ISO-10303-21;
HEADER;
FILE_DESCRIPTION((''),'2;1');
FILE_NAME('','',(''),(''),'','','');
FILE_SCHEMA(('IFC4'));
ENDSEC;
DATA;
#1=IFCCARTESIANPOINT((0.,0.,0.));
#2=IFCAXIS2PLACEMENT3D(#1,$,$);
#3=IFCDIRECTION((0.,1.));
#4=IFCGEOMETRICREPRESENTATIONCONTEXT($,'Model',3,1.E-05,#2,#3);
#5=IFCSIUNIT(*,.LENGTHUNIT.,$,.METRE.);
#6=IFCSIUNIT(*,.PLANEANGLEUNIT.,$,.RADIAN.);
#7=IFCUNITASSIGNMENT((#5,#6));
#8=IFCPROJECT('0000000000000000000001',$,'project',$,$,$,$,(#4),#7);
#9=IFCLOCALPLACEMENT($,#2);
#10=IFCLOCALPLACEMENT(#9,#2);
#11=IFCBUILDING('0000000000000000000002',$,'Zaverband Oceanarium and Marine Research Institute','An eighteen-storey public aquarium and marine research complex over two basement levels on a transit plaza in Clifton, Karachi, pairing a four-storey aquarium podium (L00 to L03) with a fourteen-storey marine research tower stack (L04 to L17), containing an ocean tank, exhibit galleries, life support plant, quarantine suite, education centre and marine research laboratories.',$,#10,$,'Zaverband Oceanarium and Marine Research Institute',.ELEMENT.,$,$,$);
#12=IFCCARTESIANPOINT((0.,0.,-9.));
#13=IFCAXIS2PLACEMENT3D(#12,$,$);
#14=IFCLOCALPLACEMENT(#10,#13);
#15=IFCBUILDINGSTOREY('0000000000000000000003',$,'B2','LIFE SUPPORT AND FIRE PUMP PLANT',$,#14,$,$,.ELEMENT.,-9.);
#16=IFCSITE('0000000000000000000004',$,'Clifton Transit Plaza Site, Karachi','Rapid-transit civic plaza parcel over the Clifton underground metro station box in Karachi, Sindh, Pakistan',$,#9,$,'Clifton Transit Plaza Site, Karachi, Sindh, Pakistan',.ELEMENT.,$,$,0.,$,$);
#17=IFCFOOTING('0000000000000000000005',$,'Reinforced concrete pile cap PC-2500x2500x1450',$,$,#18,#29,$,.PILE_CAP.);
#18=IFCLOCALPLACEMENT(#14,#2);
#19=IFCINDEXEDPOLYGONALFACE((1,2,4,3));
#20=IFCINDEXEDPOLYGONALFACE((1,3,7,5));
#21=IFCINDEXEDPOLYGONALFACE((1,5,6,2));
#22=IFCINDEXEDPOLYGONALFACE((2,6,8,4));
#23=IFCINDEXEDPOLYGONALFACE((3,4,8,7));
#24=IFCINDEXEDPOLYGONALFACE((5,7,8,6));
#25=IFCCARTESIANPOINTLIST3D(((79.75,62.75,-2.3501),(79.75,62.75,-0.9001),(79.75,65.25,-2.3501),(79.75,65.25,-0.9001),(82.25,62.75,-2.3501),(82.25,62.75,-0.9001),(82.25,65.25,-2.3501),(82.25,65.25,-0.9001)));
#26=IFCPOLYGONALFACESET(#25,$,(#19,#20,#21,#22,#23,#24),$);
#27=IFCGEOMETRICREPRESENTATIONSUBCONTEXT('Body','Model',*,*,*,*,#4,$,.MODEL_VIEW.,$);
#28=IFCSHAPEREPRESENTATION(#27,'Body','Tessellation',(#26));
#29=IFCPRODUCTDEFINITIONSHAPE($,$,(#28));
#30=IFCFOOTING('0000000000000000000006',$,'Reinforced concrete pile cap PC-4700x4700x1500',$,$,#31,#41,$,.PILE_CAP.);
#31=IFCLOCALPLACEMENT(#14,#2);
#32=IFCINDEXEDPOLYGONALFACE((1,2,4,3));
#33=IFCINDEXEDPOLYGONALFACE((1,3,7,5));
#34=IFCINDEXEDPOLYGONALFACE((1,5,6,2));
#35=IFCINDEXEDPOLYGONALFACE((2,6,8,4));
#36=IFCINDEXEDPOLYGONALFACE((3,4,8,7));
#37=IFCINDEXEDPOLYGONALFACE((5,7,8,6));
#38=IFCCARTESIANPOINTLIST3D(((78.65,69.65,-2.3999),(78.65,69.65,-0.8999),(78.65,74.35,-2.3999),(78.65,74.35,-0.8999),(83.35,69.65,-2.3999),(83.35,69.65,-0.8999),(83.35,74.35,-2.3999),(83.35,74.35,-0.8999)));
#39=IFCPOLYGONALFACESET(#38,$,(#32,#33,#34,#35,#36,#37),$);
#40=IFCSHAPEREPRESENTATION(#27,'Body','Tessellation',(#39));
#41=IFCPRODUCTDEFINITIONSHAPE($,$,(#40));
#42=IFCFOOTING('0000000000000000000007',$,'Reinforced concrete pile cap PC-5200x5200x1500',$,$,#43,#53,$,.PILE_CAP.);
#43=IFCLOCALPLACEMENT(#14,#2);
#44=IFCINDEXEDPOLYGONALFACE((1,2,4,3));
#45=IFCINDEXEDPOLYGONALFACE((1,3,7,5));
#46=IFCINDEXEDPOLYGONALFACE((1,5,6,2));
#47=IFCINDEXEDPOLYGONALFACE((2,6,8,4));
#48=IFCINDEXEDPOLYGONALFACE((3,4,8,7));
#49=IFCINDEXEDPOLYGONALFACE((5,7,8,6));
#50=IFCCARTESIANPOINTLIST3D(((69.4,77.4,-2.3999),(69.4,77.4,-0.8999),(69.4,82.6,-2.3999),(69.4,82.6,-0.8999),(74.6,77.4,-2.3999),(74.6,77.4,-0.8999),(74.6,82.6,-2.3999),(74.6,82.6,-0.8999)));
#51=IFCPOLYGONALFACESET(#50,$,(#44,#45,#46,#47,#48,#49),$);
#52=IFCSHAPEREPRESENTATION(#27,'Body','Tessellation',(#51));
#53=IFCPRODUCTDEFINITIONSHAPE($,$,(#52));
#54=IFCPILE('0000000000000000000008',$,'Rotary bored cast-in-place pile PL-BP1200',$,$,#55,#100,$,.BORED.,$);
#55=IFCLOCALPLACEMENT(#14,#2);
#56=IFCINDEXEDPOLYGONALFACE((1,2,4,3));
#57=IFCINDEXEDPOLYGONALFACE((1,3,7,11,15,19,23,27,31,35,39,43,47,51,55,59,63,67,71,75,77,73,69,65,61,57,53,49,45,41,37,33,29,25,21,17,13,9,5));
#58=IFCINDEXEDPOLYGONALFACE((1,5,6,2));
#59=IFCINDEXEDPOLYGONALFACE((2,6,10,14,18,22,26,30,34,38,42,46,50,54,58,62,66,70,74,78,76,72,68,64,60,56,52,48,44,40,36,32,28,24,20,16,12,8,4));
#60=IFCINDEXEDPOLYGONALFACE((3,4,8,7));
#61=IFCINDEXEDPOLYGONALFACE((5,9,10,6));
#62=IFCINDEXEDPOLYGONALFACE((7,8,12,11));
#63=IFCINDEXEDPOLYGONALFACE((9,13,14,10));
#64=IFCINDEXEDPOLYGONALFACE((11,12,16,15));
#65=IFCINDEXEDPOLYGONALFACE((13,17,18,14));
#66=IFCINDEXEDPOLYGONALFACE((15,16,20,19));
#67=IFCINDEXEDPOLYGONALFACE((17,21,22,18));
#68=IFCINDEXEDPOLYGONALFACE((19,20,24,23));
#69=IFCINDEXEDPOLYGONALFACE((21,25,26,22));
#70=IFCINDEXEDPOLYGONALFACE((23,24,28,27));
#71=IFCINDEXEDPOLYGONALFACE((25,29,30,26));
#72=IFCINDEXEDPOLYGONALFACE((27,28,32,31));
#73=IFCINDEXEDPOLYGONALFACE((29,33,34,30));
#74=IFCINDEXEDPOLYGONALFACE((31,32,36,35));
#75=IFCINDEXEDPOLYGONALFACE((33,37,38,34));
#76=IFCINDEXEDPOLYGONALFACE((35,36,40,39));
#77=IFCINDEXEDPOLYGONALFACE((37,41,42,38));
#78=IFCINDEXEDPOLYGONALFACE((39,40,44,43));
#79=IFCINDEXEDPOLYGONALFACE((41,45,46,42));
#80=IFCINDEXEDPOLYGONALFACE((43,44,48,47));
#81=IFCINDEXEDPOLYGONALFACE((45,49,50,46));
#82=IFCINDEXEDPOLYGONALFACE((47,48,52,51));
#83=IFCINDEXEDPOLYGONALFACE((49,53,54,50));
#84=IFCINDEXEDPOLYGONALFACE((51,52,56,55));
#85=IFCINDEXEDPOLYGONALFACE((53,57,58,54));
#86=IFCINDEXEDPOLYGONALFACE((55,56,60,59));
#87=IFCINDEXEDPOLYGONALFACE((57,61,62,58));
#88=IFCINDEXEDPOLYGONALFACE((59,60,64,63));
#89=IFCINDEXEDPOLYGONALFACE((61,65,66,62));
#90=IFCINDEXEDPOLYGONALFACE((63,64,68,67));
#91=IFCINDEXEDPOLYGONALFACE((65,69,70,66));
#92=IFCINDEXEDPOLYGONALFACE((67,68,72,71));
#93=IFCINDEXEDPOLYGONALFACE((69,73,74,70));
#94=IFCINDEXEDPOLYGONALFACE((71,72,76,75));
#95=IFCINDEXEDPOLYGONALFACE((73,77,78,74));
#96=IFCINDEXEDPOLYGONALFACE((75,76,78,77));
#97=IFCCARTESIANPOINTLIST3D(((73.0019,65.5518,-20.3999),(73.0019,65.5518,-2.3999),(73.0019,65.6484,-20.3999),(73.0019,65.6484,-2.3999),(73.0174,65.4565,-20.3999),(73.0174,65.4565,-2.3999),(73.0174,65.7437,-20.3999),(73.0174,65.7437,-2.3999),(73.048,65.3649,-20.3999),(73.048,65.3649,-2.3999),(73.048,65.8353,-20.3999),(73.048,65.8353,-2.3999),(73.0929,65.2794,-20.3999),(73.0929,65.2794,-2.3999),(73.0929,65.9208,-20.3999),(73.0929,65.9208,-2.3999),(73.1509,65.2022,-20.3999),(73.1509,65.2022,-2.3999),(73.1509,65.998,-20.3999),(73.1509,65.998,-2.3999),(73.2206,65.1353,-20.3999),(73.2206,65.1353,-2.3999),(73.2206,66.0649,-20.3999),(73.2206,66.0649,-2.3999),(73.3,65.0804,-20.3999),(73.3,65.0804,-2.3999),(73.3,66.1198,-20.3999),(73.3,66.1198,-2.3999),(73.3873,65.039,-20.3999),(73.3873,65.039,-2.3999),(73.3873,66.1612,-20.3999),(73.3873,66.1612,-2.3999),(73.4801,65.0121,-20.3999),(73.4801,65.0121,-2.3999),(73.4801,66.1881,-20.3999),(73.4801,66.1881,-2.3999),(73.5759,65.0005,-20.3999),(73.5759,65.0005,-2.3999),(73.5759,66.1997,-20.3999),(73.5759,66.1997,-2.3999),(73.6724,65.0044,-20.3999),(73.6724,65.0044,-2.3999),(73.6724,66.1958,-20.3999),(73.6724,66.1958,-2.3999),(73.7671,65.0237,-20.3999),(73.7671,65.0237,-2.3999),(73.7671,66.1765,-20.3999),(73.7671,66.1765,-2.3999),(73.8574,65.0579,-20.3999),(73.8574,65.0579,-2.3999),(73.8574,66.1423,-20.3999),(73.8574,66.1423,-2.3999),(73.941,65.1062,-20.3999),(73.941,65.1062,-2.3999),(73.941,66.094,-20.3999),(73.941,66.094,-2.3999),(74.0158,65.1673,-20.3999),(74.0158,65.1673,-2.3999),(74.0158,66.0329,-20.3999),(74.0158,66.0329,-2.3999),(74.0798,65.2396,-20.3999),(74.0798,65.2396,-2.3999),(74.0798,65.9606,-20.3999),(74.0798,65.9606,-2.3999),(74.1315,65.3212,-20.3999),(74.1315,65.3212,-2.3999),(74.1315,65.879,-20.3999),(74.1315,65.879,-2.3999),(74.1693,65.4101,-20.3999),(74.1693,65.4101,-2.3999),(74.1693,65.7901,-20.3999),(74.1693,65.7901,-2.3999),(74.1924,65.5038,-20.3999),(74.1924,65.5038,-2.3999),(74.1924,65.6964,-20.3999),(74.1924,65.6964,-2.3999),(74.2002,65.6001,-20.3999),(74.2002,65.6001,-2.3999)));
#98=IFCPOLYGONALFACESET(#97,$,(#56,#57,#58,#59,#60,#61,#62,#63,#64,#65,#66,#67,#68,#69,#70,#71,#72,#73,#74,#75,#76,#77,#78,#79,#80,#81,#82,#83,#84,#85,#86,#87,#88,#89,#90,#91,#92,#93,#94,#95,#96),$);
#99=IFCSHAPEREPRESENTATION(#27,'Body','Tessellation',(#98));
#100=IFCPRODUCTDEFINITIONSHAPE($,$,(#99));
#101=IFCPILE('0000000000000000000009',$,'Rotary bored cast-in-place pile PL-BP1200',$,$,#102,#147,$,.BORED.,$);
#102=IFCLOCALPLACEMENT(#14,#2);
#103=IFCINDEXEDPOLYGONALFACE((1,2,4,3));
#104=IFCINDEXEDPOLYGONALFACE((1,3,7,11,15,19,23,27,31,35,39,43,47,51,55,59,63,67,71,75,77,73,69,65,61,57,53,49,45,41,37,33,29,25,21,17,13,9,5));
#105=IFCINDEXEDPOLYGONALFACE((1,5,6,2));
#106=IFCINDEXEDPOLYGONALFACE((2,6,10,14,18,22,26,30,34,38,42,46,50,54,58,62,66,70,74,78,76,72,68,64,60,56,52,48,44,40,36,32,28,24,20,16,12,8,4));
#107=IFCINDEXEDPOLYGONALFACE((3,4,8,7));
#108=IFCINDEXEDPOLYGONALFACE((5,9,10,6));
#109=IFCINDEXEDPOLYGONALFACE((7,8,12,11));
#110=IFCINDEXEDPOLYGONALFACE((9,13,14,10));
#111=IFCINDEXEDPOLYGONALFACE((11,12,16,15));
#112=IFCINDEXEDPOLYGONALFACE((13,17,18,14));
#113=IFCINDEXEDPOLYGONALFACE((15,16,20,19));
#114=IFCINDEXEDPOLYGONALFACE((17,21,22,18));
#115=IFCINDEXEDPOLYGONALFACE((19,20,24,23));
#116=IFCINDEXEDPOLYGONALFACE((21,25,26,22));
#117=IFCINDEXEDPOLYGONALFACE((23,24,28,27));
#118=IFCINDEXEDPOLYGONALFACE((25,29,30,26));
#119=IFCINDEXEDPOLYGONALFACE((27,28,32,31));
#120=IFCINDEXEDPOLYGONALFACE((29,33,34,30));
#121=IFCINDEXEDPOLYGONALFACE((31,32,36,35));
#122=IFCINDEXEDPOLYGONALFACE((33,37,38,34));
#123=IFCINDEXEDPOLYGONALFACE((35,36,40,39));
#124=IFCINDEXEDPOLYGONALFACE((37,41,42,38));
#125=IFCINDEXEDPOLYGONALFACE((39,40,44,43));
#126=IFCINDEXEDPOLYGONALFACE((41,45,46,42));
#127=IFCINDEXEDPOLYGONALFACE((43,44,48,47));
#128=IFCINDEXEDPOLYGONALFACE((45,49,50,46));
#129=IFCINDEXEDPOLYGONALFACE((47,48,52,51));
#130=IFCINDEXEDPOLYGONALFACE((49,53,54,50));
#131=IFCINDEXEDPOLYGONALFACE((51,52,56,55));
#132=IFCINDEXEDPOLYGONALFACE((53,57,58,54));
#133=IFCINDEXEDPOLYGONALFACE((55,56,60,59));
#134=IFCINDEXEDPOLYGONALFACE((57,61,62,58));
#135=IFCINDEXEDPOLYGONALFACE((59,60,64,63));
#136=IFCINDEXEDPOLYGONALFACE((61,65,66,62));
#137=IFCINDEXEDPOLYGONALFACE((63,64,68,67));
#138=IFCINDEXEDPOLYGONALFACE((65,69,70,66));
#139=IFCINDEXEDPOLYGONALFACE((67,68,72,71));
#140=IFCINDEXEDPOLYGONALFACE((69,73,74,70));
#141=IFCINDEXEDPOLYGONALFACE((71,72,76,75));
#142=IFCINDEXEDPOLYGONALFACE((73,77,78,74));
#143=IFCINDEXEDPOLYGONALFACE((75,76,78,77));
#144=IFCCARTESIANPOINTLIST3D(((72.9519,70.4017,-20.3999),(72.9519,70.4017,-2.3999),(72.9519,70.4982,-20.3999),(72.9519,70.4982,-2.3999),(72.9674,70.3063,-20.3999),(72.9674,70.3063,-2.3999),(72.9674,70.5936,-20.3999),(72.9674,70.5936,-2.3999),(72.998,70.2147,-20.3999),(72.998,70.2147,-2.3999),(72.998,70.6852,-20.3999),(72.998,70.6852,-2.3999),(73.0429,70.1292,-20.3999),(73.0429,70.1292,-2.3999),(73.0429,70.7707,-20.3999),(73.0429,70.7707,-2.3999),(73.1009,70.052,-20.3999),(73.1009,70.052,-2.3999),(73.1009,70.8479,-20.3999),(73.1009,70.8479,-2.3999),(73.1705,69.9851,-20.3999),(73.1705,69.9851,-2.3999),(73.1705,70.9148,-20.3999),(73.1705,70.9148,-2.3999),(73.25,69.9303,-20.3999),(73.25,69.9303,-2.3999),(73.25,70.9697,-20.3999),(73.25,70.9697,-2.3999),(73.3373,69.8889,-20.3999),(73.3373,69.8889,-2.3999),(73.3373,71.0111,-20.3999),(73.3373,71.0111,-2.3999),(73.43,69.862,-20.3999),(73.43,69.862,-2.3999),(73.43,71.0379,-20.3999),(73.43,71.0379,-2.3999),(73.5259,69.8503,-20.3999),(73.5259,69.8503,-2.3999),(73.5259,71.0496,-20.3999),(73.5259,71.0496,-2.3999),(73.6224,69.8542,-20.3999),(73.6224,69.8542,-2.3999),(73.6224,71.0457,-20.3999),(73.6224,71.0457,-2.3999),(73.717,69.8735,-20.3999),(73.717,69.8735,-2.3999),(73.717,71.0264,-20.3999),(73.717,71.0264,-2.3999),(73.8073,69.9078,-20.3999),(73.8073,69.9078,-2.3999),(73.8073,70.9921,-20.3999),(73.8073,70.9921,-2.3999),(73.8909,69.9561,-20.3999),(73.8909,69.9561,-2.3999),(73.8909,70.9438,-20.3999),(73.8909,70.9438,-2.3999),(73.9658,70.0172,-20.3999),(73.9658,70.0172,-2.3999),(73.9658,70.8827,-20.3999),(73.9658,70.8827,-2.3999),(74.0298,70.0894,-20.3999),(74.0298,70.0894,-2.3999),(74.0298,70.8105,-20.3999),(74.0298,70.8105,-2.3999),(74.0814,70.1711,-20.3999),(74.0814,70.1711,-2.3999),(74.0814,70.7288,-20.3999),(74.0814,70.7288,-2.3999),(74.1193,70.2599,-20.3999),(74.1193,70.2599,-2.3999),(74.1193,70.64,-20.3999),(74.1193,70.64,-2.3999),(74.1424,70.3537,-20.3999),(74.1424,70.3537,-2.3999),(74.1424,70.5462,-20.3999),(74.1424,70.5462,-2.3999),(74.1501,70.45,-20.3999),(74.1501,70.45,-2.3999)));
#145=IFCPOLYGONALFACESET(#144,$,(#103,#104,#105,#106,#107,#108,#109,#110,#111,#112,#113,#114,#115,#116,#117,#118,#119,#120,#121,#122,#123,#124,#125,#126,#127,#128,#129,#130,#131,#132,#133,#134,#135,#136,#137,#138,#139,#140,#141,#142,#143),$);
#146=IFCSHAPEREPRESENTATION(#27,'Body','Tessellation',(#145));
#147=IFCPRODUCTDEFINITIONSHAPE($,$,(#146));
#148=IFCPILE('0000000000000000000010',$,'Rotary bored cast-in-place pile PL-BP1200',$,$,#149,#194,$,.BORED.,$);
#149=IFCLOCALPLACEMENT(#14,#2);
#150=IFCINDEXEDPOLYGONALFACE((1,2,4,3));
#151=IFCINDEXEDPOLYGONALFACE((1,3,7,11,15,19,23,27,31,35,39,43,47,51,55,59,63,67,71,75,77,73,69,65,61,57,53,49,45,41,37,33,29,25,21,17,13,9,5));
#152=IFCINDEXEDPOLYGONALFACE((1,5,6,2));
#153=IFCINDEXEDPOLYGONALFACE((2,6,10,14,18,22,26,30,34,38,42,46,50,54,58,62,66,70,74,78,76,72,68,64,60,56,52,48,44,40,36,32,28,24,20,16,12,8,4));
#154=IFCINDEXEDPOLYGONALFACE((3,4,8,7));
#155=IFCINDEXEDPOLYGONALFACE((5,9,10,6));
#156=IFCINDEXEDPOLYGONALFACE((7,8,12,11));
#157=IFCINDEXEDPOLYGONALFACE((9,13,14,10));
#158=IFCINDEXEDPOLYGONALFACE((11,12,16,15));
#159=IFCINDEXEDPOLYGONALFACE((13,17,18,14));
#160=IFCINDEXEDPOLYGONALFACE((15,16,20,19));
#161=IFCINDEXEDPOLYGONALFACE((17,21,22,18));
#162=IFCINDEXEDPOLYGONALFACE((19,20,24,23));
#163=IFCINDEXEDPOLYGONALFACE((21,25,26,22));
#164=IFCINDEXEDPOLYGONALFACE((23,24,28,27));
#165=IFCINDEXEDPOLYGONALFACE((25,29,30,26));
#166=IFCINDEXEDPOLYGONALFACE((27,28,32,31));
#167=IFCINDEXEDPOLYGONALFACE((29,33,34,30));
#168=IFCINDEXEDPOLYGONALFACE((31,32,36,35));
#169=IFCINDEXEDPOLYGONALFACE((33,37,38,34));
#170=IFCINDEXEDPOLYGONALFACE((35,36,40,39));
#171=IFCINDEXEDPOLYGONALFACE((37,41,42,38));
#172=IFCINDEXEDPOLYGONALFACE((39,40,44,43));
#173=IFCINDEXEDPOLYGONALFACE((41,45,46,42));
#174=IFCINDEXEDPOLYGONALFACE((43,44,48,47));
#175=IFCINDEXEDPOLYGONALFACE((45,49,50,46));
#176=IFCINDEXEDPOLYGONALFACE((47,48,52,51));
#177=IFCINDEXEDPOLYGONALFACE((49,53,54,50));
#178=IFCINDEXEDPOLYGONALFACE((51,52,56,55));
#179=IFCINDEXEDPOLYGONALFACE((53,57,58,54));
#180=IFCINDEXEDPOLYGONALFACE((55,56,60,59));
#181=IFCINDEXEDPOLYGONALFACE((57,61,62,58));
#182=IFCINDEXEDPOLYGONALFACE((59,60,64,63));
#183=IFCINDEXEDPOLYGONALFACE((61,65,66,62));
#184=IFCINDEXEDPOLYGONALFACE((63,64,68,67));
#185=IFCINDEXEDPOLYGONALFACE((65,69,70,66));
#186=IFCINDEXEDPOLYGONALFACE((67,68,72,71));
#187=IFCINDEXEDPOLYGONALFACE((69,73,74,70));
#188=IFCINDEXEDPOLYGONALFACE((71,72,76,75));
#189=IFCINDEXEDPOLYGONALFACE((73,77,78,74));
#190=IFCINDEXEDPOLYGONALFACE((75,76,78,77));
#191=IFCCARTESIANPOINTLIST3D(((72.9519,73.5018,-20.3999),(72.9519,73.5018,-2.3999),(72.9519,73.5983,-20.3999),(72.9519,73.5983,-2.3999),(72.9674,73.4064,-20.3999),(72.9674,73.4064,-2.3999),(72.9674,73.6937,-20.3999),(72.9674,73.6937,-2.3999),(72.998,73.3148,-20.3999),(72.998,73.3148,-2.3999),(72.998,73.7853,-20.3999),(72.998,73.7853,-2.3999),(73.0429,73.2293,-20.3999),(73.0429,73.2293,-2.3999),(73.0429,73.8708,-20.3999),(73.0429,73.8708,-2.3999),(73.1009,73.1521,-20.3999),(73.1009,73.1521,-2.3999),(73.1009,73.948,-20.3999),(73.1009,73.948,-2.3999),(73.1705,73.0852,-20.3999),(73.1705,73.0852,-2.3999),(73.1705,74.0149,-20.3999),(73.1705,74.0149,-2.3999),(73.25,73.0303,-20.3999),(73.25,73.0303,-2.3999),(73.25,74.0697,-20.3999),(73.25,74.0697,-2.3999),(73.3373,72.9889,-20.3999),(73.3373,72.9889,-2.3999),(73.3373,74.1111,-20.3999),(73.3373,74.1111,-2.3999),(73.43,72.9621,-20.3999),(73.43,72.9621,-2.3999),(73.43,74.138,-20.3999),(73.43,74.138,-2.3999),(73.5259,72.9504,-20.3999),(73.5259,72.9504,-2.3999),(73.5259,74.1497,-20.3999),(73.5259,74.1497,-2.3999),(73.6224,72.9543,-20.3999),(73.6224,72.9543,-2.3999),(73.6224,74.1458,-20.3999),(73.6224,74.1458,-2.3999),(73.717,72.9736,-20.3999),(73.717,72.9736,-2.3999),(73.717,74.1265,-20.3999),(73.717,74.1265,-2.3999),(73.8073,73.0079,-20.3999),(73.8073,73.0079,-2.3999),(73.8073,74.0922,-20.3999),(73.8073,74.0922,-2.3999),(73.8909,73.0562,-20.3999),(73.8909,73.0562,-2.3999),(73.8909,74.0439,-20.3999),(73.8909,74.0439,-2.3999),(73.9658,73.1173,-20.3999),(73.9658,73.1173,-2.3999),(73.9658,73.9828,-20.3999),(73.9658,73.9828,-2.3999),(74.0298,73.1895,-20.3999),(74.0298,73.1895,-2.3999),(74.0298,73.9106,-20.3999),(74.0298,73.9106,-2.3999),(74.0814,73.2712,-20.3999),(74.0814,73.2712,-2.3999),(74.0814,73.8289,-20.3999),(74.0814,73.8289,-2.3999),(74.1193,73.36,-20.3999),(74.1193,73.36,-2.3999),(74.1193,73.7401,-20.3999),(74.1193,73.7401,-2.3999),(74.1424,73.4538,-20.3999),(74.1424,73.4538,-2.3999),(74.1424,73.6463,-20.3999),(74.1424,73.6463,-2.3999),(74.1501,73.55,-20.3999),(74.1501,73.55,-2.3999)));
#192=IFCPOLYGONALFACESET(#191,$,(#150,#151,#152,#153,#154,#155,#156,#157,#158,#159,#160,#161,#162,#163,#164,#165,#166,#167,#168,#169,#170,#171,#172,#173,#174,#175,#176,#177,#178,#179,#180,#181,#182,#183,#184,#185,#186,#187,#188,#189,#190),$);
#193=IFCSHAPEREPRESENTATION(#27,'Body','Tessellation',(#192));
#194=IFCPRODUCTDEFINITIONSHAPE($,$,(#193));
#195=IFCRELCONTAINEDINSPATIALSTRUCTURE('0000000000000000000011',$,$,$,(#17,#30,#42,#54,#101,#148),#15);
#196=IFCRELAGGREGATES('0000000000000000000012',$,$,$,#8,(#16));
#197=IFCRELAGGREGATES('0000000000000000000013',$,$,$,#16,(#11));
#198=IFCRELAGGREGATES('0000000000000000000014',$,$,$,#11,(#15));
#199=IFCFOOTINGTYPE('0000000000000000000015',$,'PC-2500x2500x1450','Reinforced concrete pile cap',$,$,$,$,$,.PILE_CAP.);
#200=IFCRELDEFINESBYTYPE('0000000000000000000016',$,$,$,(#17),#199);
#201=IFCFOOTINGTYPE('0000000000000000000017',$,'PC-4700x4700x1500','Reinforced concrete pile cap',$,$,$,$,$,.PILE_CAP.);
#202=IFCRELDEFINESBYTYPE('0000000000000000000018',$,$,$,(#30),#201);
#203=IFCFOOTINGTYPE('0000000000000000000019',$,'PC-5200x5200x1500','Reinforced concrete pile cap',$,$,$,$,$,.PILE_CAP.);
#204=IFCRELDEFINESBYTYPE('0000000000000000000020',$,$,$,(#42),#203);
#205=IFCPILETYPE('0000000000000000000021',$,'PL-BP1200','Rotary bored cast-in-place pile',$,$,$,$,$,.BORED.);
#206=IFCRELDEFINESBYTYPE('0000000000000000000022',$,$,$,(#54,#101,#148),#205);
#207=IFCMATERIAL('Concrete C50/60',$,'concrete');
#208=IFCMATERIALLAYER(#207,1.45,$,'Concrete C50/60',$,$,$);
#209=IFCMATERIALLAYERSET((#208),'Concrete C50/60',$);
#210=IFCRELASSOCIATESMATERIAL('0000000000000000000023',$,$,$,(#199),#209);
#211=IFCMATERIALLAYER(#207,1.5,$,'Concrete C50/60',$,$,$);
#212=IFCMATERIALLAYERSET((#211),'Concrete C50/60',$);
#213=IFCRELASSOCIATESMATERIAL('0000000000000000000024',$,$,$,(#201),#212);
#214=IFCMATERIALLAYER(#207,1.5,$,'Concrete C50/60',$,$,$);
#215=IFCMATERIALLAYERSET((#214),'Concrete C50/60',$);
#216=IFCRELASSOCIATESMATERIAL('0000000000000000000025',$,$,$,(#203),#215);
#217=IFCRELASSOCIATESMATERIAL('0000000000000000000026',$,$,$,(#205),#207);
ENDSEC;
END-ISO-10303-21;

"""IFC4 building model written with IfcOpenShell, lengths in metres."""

from ifc_helpers import new_model, si_unit, direction, frame, origin, origin_2d, place, context, subcontext, project, spatial, rectangle, circle, extrude, material, layer, layer_set, material_profile, profile_set, type_object, element, save


model = new_model("IFC4")

# Units and contexts
model_context = context("Model", 3, precision=1e-05, world=origin(), true_north=direction((0.0, 1.0)))
body_context = subcontext(model_context, "Body", "Model", "MODEL_VIEW")
ifc_project = project(units=[si_unit("LENGTHUNIT", "METRE"), si_unit("PLANEANGLEUNIT", "RADIAN")], contexts=[model_context])

# Site, building, storey
site_placement = place(None, origin())
site = spatial("IfcSite", under=ifc_project, at=site_placement, Name="Clifton Transit Plaza Site, Karachi", Description="Rapid-transit civic plaza parcel over the Clifton underground metro station box in Karachi, Sindh, Pakistan", LongName="Clifton Transit Plaza Site, Karachi, Sindh, Pakistan", CompositionType="ELEMENT", RefElevation=0.0)
building_placement = place(site_placement, origin())
building = spatial("IfcBuilding", under=site, at=building_placement, Name="Zaverband Oceanarium and Marine Research Institute", Description="An eighteen-storey public aquarium and marine research complex over two basement levels on a transit plaza in Clifton, Karachi, pairing a four-storey aquarium podium (L00 to L03) with a fourteen-storey marine research tower stack (L04 to L17), containing an ocean tank, exhibit galleries, life support plant, quarantine suite, education centre and marine research laboratories.", LongName="Zaverband Oceanarium and Marine Research Institute", CompositionType="ELEMENT")
storey_placement = place(building_placement, frame((0.0, 0.0, -9.0)))
storey = spatial("IfcBuildingStorey", under=building, at=storey_placement, Name="B2", Description="LIFE SUPPORT AND FIRE PUMP PLANT", CompositionType="ELEMENT", Elevation=-9.0)

# Footings
ifc_material_1 = material(Name="Concrete C50/60", Category="concrete")
ifc_layer_1 = layer(ifc_material_1, 1.45, Name="Concrete C50/60")
ifc_layer_set_1 = layer_set([ifc_layer_1], Name="Concrete C50/60")
footing_type_1 = type_object("IfcFootingType", Name="PC-2500x2500x1450", Description="Reinforced concrete pile cap", PredefinedType="PILE_CAP", material=ifc_layer_set_1)
footing_1_placement = place(storey_placement, frame((81.0, 64.0, -2.3501), z_axis=(0.0, 0.0, 1.0), x_axis=(1.0, 0.0, 0.0)))
element("IfcFooting", 1, at=footing_1_placement, inside=storey, type_object=footing_type_1, Name="Reinforced concrete pile cap PC-2500x2500x1450", PredefinedType="PILE_CAP", context=body_context, shape_type="SweptSolid", body=[
    extrude(rectangle(XDim=2.5, YDim=2.5, at=origin_2d()), origin(), (0.0, 0.0, 1.0), 1.45),
])
ifc_layer_2 = layer(ifc_material_1, 1.5, Name="Concrete C50/60")
ifc_layer_set_2 = layer_set([ifc_layer_2], Name="Concrete C50/60")
footing_type_2 = type_object("IfcFootingType", Name="PC-4700x4700x1500", Description="Reinforced concrete pile cap", PredefinedType="PILE_CAP", material=ifc_layer_set_2)
footing_2_placement = place(storey_placement, frame((81.0, 72.0, -2.3999), z_axis=(0.0, 0.0, 1.0), x_axis=(1.0, 0.0, 0.0)))
element("IfcFooting", 2, at=footing_2_placement, inside=storey, type_object=footing_type_2, Name="Reinforced concrete pile cap PC-4700x4700x1500", PredefinedType="PILE_CAP", context=body_context, shape_type="SweptSolid", body=[
    extrude(rectangle(XDim=4.7, YDim=4.7, at=origin_2d()), origin(), (0.0, 0.0, 1.0), 1.5),
])
ifc_layer_3 = layer(ifc_material_1, 1.5, Name="Concrete C50/60")
ifc_layer_set_3 = layer_set([ifc_layer_3], Name="Concrete C50/60")
footing_type_3 = type_object("IfcFootingType", Name="PC-5200x5200x1500", Description="Reinforced concrete pile cap", PredefinedType="PILE_CAP", material=ifc_layer_set_3)
footing_3_placement = place(storey_placement, frame((72.0, 80.0, -2.3999), z_axis=(0.0, 0.0, 1.0), x_axis=(1.0, 0.0, 0.0)))
element("IfcFooting", 3, at=footing_3_placement, inside=storey, type_object=footing_type_3, Name="Reinforced concrete pile cap PC-5200x5200x1500", PredefinedType="PILE_CAP", context=body_context, shape_type="SweptSolid", body=[
    extrude(rectangle(XDim=5.2, YDim=5.2, at=origin_2d()), origin(), (0.0, 0.0, 1.0), 1.5),
])

# Piles
ifc_material_profile_1 = material_profile(ifc_material_1, circle(Radius=0.6001, at=origin_2d()), Name="BP1200")
ifc_profile_set_1 = profile_set([ifc_material_profile_1], Name="Concrete C50/60")
pile_type = type_object("IfcPileType", Name="PL-BP1200", Description="Rotary bored cast-in-place pile", PredefinedType="BORED", material=ifc_profile_set_1)
for number, where, z_axis, x_axis, name in (
    (4, (73.6001, 65.6001, -2.3999), (0.0, 0.0, -1.0), (1.0, 0.0, 0.0), "Rotary bored cast-in-place pile PL-BP1200"),
    (5, (73.55, 70.45, -2.3999), (0.0, 0.0, -1.0), (1.0, 0.0, 0.0), "Rotary bored cast-in-place pile PL-BP1200"),
    (6, (73.55, 73.55, -2.3999), (0.0, 0.0, -1.0), (1.0, 0.0, 0.0), "Rotary bored cast-in-place pile PL-BP1200"),
):
    element("IfcPile", number, at=place(storey_placement, frame(where, z_axis=z_axis, x_axis=x_axis)), inside=storey, type_object=pile_type, Name=name, PredefinedType="BORED", context=body_context, shape_type="SweptSolid", body=[
        extrude(circle(Radius=0.6001, at=origin_2d()), origin(), (0.0, 0.0, 1.0), 18.0),
    ])

save(model, "model.ifc")
